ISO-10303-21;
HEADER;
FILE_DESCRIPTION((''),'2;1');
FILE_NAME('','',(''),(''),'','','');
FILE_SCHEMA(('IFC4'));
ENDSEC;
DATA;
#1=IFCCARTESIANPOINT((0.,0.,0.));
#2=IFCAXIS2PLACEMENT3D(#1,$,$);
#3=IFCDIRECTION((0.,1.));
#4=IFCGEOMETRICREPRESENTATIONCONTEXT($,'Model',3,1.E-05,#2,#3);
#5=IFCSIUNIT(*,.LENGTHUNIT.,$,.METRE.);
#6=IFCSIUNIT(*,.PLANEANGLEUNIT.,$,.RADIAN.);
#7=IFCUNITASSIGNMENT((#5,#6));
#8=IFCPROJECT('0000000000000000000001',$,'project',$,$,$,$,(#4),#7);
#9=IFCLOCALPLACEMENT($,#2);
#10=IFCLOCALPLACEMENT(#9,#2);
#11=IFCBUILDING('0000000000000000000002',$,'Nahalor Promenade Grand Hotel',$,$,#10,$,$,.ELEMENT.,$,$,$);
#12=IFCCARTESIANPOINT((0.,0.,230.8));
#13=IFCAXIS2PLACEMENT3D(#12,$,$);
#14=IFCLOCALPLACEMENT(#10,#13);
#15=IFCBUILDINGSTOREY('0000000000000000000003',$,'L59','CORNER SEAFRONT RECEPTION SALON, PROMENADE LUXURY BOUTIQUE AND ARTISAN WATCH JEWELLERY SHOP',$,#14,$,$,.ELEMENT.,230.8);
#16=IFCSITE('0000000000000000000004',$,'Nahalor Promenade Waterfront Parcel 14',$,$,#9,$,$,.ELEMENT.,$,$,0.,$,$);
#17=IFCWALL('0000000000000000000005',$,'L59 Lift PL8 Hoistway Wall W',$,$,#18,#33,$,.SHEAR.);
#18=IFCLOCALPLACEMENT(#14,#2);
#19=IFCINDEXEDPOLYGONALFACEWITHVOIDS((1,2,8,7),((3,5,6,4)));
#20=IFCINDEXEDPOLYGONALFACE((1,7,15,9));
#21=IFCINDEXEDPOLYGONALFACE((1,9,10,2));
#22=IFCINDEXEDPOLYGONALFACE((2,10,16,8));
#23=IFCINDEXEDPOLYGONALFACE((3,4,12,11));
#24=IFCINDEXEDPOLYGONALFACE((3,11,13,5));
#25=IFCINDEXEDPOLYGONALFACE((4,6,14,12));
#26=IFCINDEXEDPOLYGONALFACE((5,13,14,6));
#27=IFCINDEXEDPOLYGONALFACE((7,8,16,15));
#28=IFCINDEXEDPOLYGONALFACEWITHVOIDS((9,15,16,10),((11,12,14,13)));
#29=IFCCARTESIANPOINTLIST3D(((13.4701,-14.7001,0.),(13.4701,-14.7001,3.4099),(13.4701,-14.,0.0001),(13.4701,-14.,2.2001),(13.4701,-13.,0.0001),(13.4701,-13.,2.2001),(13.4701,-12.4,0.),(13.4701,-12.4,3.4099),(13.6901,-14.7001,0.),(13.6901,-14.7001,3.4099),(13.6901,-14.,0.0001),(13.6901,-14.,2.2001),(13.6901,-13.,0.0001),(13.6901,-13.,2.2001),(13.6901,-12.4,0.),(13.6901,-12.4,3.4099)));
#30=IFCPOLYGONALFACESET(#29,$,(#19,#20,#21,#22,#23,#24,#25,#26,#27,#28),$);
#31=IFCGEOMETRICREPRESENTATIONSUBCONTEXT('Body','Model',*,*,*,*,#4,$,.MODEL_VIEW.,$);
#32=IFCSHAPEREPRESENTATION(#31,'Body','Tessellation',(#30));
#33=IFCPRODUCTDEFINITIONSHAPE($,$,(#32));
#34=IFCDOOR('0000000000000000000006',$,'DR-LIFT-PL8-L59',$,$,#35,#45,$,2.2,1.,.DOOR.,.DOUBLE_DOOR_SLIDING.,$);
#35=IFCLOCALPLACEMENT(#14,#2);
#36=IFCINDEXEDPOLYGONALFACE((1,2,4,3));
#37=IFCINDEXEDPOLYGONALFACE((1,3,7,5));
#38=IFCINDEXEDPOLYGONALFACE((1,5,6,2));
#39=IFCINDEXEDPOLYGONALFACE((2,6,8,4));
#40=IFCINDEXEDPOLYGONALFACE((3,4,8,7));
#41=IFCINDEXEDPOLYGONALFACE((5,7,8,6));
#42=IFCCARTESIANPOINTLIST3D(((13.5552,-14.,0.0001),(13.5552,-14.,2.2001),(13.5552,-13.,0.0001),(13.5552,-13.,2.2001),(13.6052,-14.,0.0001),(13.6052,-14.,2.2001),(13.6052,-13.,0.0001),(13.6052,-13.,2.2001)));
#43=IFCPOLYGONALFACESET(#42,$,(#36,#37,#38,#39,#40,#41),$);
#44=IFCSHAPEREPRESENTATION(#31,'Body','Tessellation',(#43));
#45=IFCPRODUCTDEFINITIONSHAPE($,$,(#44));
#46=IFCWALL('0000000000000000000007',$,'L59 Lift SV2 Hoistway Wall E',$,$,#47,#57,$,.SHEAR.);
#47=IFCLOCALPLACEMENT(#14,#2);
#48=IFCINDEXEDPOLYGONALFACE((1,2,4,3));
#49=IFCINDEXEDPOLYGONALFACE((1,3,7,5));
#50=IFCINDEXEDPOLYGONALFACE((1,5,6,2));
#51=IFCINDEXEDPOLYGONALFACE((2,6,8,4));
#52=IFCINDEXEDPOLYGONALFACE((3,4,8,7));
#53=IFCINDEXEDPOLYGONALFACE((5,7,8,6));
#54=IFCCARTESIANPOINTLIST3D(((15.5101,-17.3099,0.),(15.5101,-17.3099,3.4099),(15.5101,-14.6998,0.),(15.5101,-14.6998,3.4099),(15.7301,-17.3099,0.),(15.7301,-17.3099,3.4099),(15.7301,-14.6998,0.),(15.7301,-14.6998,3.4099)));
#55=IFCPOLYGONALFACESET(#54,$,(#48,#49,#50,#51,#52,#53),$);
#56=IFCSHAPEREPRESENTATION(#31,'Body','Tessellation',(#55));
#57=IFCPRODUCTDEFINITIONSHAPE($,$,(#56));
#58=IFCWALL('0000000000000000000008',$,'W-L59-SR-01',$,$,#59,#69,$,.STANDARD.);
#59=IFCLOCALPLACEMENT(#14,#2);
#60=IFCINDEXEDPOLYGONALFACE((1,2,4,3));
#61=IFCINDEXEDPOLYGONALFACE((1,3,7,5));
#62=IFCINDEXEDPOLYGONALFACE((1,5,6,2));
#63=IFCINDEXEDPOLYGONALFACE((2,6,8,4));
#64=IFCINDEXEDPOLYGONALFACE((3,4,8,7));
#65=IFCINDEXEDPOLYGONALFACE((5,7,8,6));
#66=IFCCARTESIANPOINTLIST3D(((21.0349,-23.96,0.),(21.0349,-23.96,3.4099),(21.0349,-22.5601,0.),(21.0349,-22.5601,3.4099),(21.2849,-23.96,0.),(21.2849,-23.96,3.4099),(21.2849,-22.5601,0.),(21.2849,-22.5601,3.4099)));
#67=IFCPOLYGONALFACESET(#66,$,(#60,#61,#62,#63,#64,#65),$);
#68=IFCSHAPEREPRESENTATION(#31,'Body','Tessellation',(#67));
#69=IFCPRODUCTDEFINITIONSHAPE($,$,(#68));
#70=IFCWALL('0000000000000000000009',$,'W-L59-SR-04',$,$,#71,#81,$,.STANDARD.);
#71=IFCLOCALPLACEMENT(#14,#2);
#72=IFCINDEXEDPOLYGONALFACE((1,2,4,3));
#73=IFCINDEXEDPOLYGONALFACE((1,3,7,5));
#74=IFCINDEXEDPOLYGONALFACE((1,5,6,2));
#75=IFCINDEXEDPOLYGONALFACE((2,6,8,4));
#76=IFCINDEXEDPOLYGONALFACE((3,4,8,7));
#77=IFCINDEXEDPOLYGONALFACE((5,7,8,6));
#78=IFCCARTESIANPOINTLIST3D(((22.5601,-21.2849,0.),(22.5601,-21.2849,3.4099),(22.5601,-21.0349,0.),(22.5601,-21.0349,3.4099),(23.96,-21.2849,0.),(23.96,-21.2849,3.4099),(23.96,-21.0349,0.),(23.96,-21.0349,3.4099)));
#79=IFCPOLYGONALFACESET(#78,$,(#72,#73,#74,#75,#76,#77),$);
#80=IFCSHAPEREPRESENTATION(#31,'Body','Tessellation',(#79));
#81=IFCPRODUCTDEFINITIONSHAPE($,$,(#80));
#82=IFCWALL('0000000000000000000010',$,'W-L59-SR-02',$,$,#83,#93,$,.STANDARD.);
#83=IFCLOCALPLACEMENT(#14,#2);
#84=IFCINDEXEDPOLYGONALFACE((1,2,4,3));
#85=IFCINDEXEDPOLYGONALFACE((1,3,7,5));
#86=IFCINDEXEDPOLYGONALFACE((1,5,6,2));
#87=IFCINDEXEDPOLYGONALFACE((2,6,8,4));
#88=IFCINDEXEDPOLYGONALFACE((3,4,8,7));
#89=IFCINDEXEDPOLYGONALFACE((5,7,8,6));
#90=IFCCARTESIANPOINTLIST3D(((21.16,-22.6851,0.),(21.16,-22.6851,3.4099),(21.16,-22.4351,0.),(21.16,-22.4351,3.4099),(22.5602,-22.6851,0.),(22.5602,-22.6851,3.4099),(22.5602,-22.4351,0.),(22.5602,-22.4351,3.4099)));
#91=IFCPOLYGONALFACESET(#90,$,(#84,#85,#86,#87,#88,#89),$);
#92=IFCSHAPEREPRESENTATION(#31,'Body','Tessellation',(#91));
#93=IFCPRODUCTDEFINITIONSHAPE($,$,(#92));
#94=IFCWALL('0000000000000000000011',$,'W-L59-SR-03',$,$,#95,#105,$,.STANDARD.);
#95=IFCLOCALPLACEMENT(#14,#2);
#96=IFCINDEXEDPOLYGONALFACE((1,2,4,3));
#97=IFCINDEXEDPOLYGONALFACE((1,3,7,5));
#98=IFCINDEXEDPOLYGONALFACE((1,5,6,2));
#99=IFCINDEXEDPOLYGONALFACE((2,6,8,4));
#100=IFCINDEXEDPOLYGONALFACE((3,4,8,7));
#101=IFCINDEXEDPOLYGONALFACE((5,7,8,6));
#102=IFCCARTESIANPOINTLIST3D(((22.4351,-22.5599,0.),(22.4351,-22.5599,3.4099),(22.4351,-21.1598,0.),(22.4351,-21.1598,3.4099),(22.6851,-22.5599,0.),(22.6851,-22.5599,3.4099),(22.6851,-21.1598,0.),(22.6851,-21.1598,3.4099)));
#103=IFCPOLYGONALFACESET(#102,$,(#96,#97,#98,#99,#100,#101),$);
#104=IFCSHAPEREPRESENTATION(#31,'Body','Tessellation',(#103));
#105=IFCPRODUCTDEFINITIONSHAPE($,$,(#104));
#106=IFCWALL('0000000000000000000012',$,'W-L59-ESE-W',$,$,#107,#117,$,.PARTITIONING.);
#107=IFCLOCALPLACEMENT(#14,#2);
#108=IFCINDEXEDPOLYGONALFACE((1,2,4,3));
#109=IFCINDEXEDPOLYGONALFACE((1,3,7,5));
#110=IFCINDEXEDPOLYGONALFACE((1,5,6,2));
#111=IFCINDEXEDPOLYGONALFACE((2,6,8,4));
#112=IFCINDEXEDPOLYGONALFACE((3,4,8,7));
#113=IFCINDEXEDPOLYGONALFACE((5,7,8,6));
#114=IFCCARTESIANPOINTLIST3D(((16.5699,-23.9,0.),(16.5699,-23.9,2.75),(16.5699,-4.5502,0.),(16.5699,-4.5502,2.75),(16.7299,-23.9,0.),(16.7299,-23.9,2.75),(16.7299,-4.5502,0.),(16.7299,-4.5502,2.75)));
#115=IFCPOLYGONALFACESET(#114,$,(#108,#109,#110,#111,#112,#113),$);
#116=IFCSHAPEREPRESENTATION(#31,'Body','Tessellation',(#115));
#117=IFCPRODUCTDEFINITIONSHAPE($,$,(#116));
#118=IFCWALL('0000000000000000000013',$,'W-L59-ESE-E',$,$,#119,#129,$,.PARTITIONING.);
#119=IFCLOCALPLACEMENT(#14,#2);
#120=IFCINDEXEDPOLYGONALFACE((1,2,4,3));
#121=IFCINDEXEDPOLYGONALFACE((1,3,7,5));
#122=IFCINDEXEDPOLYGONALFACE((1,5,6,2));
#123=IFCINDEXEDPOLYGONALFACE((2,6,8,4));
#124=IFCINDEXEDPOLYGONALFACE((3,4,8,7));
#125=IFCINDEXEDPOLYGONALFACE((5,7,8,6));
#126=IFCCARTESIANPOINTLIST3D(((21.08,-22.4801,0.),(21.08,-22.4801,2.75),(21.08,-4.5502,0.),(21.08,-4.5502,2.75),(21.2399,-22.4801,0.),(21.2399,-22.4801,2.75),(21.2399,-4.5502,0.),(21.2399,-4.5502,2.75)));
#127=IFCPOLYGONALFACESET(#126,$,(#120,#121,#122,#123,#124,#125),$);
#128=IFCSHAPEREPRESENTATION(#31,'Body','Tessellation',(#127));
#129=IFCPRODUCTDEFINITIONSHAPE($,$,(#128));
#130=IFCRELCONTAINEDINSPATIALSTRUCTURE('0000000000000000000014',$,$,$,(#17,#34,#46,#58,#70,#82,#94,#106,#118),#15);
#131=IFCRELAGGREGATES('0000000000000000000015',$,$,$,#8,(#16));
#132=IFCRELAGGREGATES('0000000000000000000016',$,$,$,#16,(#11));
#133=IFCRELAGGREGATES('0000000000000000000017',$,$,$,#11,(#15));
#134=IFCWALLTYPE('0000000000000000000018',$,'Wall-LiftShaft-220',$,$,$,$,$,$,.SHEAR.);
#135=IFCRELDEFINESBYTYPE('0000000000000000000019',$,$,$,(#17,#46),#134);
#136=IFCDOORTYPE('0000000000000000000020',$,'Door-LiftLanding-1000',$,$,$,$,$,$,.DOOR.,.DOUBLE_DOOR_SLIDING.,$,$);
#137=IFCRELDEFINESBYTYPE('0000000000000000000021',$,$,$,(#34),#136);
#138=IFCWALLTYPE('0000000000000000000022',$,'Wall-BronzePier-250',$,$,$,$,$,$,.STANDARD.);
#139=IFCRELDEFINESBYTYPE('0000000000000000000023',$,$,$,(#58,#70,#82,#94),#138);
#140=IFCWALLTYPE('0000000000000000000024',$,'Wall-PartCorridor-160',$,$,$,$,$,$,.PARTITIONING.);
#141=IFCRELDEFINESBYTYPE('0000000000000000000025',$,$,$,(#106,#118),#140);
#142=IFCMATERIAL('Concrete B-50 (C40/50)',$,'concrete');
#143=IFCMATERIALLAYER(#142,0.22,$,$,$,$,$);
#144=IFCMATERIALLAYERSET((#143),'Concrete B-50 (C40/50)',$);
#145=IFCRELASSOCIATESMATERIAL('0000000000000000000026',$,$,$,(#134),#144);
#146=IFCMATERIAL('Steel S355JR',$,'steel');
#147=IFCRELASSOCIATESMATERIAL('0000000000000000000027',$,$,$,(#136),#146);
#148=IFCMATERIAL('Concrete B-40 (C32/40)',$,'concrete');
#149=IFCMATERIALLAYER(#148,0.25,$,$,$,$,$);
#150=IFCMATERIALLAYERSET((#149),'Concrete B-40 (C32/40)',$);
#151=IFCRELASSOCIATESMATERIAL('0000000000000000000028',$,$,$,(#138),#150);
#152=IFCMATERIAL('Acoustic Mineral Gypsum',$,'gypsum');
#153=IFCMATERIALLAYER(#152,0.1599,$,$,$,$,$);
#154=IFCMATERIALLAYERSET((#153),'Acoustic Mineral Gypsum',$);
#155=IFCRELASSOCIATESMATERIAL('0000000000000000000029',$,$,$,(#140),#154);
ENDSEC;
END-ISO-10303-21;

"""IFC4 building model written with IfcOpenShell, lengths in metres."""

from ifc_helpers import new_model, si_unit, direction, frame, frame_2d, origin, place, context, subcontext, project, spatial, rectangle, extrude, source, transform, mapped, material, layer, layer_set, type_object, element, fill, save


model = new_model("IFC4")

# Units and contexts
model_context = context("Model", 3, precision=1e-05, world=origin(), true_north=direction((0.0, 1.0)))
body_context = subcontext(model_context, "Body", "Model", "MODEL_VIEW")
ifc_project = project(units=[si_unit("LENGTHUNIT", "METRE"), si_unit("PLANEANGLEUNIT", "RADIAN")], contexts=[model_context])

# Site, building, storey
site_placement = place(None, origin())
site = spatial("IfcSite", under=ifc_project, at=site_placement, Name="Nahalor Promenade Waterfront Parcel 14", CompositionType="ELEMENT", RefElevation=0.0)
building_placement = place(site_placement, origin())
building = spatial("IfcBuilding", under=site, at=building_placement, Name="Nahalor Promenade Grand Hotel", CompositionType="ELEMENT")
storey_placement = place(building_placement, frame((0.0, 0.0, 230.8)))
storey = spatial("IfcBuildingStorey", under=building, at=storey_placement, Name="L59", Description="CORNER SEAFRONT RECEPTION SALON, PROMENADE LUXURY BOUTIQUE AND ARTISAN WATCH JEWELLERY SHOP", CompositionType="ELEMENT", Elevation=230.8)

# Shared definitions
ifc_material_1 = material(Name="Steel S355JR", Category="steel")

# Shared definitions
ifc_material_2 = material(Name="Concrete B-50 (C40/50)", Category="concrete")
ifc_layer_1 = layer(ifc_material_2, 0.22)
ifc_layer_set_1 = layer_set([ifc_layer_1], Name="Concrete B-50 (C40/50)")
wall_type_1 = type_object("IfcWallType", Name="Wall-LiftShaft-220", PredefinedType="SHEAR", material=ifc_layer_set_1)

# Wall, opening, door
shared_shape_1 = source(origin(), body_context, "Body", "SweptSolid", [
    extrude(rectangle(XDim=2.3, YDim=0.22, at=frame_2d((1.1499, 0.0))), origin(), (0.0, 0.0, 1.0), 3.4099),
])
wall_1_placement = place(storey_placement, frame((13.5801, -14.7, 0.0), z_axis=(0.0, 0.0, 1.0), x_axis=(0.0, 1.0, 0.0)))
wall_1 = element("IfcWall", 1, at=wall_1_placement, inside=storey, type_object=wall_type_1, Name="L59 Lift PL8 Hoistway Wall W", PredefinedType="SHEAR", context=body_context, shape_type="MappedRepresentation", body=[
    mapped(shared_shape_1, transform((0.0, 0.0, 0.0), scale=1.0)),
])
opening_placement = place(wall_1_placement, frame((0.7, 0.0, 0.0)))
opening = element("IfcOpeningElement", 2, at=opening_placement, cuts=wall_1, PredefinedType="OPENING", context=body_context, shape_type="SweptSolid", body=[
    extrude(rectangle(XDim=1.0, YDim=2.2, at=frame_2d((0.5, 1.1001))), frame((0.0, 0.1199, 0.0), z_axis=(0.0, -1.0, 0.0), x_axis=(1.0, 0.0, 0.0)), (0.0, 0.0, 1.0), 0.24),
])
door_type = type_object("IfcDoorType", Name="Door-LiftLanding-1000", OperationType="DOUBLE_DOOR_SLIDING", PredefinedType="DOOR", material=ifc_material_1)
shared_shape_2 = source(origin(), body_context, "Body", "SweptSolid", [
    extrude(rectangle(XDim=1.0, YDim=2.2, at=frame_2d((0.5, 1.1001))), frame((0.0, 0.0249, 0.0), z_axis=(0.0, -1.0, 0.0), x_axis=(1.0, 0.0, 0.0)), (0.0, 0.0, 1.0), 0.05),
])
door_placement = place(opening_placement, origin())
door = element("IfcDoor", 3, at=door_placement, inside=storey, type_object=door_type, Name="DR-LIFT-PL8-L59", OperationType="DOUBLE_DOOR_SLIDING", OverallHeight=2.2, OverallWidth=1.0, PredefinedType="DOOR", context=body_context, shape_type="MappedRepresentation", body=[
    mapped(shared_shape_2, transform((0.0, 0.0, 0.0), scale=1.0)),
])
fill(opening, door)

# Walls
shared_shape_3 = source(origin(), body_context, "Body", "SweptSolid", [
    extrude(rectangle(XDim=2.6101, YDim=0.22, at=frame_2d((1.3052, 0.0))), origin(), (0.0, 0.0, 1.0), 3.4099),
])
wall_2_placement = place(storey_placement, frame((15.6201, -17.3101, 0.0), z_axis=(0.0, 0.0, 1.0), x_axis=(0.0, 1.0, 0.0)))
element("IfcWall", 4, at=wall_2_placement, inside=storey, type_object=wall_type_1, Name="L59 Lift SV2 Hoistway Wall E", PredefinedType="SHEAR", context=body_context, shape_type="MappedRepresentation", body=[
    mapped(shared_shape_3, transform((0.0, 0.0, 0.0), scale=1.0)),
])
ifc_material_3 = material(Name="Concrete B-40 (C32/40)", Category="concrete")
ifc_layer_2 = layer(ifc_material_3, 0.25)
ifc_layer_set_2 = layer_set([ifc_layer_2], Name="Concrete B-40 (C32/40)")
wall_type_2 = type_object("IfcWallType", Name="Wall-BronzePier-250", PredefinedType="STANDARD", material=ifc_layer_set_2)
shared_shape_4 = source(origin(), body_context, "Body", "SweptSolid", [
    extrude(rectangle(XDim=1.3999, YDim=0.25, at=frame_2d((0.7, 0.0))), origin(), (0.0, 0.0, 1.0), 3.4099),
])
for number, where, z_axis, x_axis, name in (
    (5, (21.1599, -23.96, 0.0), (0.0, 0.0, 1.0), (0.0, 1.0, 0.0), "W-L59-SR-01"),
    (6, (22.5601, -21.1599, 0.0), (0.0, 0.0, 1.0), (1.0, 0.0, 0.0), "W-L59-SR-04"),
):
    element("IfcWall", number, at=place(storey_placement, frame(where, z_axis=z_axis, x_axis=x_axis)), inside=storey, type_object=wall_type_2, Name=name, PredefinedType="STANDARD", context=body_context, shape_type="MappedRepresentation", body=[
        mapped(shared_shape_4, transform((0.0, 0.0, 0.0), scale=1.0)),
    ])
shared_shape_5 = source(origin(), body_context, "Body", "SweptSolid", [
    extrude(rectangle(XDim=1.4001, YDim=0.25, at=frame_2d((0.7002, 0.0))), origin(), (0.0, 0.0, 1.0), 3.4099),
])
for number, where, z_axis, x_axis, name in (
    (7, (21.1599, -22.5601, 0.0), (0.0, 0.0, 1.0), (1.0, 0.0, 0.0), "W-L59-SR-02"),
    (8, (22.5601, -22.5601, 0.0), (0.0, 0.0, 1.0), (0.0, 1.0, 0.0), "W-L59-SR-03"),
):
    element("IfcWall", number, at=place(storey_placement, frame(where, z_axis=z_axis, x_axis=x_axis)), inside=storey, type_object=wall_type_2, Name=name, PredefinedType="STANDARD", context=body_context, shape_type="MappedRepresentation", body=[
        mapped(shared_shape_5, transform((0.0, 0.0, 0.0), scale=1.0)),
    ])
ifc_material_4 = material(Name="Acoustic Mineral Gypsum", Category="gypsum")
ifc_layer_3 = layer(ifc_material_4, 0.1599)
ifc_layer_set_3 = layer_set([ifc_layer_3], Name="Acoustic Mineral Gypsum")
wall_type_3 = type_object("IfcWallType", Name="Wall-PartCorridor-160", PredefinedType="PARTITIONING", material=ifc_layer_set_3)
shared_shape_6 = source(origin(), body_context, "Body", "SweptSolid", [
    extrude(rectangle(XDim=19.3499, YDim=0.1599, at=frame_2d((9.6748, 0.0))), origin(), (0.0, 0.0, 1.0), 2.75),
])
wall_3_placement = place(storey_placement, frame((16.6499, -23.8999, 0.0), z_axis=(0.0, 0.0, 1.0), x_axis=(0.0, 1.0, 0.0)))
element("IfcWall", 9, at=wall_3_placement, inside=storey, type_object=wall_type_3, Name="W-L59-ESE-W", PredefinedType="PARTITIONING", context=body_context, shape_type="MappedRepresentation", body=[
    mapped(shared_shape_6, transform((0.0, 0.0, 0.0), scale=1.0)),
])
shared_shape_7 = source(origin(), body_context, "Body", "SweptSolid", [
    extrude(rectangle(XDim=17.9299, YDim=0.1599, at=frame_2d((8.9648, 0.0))), origin(), (0.0, 0.0, 1.0), 2.75),
])
wall_4_placement = place(storey_placement, frame((21.1599, -22.48, 0.0), z_axis=(0.0, 0.0, 1.0), x_axis=(0.0, 1.0, 0.0)))
element("IfcWall", 10, at=wall_4_placement, inside=storey, type_object=wall_type_3, Name="W-L59-ESE-E", PredefinedType="PARTITIONING", context=body_context, shape_type="MappedRepresentation", body=[
    mapped(shared_shape_7, transform((0.0, 0.0, 0.0), scale=1.0)),
])

save(model, "model.ifc")
